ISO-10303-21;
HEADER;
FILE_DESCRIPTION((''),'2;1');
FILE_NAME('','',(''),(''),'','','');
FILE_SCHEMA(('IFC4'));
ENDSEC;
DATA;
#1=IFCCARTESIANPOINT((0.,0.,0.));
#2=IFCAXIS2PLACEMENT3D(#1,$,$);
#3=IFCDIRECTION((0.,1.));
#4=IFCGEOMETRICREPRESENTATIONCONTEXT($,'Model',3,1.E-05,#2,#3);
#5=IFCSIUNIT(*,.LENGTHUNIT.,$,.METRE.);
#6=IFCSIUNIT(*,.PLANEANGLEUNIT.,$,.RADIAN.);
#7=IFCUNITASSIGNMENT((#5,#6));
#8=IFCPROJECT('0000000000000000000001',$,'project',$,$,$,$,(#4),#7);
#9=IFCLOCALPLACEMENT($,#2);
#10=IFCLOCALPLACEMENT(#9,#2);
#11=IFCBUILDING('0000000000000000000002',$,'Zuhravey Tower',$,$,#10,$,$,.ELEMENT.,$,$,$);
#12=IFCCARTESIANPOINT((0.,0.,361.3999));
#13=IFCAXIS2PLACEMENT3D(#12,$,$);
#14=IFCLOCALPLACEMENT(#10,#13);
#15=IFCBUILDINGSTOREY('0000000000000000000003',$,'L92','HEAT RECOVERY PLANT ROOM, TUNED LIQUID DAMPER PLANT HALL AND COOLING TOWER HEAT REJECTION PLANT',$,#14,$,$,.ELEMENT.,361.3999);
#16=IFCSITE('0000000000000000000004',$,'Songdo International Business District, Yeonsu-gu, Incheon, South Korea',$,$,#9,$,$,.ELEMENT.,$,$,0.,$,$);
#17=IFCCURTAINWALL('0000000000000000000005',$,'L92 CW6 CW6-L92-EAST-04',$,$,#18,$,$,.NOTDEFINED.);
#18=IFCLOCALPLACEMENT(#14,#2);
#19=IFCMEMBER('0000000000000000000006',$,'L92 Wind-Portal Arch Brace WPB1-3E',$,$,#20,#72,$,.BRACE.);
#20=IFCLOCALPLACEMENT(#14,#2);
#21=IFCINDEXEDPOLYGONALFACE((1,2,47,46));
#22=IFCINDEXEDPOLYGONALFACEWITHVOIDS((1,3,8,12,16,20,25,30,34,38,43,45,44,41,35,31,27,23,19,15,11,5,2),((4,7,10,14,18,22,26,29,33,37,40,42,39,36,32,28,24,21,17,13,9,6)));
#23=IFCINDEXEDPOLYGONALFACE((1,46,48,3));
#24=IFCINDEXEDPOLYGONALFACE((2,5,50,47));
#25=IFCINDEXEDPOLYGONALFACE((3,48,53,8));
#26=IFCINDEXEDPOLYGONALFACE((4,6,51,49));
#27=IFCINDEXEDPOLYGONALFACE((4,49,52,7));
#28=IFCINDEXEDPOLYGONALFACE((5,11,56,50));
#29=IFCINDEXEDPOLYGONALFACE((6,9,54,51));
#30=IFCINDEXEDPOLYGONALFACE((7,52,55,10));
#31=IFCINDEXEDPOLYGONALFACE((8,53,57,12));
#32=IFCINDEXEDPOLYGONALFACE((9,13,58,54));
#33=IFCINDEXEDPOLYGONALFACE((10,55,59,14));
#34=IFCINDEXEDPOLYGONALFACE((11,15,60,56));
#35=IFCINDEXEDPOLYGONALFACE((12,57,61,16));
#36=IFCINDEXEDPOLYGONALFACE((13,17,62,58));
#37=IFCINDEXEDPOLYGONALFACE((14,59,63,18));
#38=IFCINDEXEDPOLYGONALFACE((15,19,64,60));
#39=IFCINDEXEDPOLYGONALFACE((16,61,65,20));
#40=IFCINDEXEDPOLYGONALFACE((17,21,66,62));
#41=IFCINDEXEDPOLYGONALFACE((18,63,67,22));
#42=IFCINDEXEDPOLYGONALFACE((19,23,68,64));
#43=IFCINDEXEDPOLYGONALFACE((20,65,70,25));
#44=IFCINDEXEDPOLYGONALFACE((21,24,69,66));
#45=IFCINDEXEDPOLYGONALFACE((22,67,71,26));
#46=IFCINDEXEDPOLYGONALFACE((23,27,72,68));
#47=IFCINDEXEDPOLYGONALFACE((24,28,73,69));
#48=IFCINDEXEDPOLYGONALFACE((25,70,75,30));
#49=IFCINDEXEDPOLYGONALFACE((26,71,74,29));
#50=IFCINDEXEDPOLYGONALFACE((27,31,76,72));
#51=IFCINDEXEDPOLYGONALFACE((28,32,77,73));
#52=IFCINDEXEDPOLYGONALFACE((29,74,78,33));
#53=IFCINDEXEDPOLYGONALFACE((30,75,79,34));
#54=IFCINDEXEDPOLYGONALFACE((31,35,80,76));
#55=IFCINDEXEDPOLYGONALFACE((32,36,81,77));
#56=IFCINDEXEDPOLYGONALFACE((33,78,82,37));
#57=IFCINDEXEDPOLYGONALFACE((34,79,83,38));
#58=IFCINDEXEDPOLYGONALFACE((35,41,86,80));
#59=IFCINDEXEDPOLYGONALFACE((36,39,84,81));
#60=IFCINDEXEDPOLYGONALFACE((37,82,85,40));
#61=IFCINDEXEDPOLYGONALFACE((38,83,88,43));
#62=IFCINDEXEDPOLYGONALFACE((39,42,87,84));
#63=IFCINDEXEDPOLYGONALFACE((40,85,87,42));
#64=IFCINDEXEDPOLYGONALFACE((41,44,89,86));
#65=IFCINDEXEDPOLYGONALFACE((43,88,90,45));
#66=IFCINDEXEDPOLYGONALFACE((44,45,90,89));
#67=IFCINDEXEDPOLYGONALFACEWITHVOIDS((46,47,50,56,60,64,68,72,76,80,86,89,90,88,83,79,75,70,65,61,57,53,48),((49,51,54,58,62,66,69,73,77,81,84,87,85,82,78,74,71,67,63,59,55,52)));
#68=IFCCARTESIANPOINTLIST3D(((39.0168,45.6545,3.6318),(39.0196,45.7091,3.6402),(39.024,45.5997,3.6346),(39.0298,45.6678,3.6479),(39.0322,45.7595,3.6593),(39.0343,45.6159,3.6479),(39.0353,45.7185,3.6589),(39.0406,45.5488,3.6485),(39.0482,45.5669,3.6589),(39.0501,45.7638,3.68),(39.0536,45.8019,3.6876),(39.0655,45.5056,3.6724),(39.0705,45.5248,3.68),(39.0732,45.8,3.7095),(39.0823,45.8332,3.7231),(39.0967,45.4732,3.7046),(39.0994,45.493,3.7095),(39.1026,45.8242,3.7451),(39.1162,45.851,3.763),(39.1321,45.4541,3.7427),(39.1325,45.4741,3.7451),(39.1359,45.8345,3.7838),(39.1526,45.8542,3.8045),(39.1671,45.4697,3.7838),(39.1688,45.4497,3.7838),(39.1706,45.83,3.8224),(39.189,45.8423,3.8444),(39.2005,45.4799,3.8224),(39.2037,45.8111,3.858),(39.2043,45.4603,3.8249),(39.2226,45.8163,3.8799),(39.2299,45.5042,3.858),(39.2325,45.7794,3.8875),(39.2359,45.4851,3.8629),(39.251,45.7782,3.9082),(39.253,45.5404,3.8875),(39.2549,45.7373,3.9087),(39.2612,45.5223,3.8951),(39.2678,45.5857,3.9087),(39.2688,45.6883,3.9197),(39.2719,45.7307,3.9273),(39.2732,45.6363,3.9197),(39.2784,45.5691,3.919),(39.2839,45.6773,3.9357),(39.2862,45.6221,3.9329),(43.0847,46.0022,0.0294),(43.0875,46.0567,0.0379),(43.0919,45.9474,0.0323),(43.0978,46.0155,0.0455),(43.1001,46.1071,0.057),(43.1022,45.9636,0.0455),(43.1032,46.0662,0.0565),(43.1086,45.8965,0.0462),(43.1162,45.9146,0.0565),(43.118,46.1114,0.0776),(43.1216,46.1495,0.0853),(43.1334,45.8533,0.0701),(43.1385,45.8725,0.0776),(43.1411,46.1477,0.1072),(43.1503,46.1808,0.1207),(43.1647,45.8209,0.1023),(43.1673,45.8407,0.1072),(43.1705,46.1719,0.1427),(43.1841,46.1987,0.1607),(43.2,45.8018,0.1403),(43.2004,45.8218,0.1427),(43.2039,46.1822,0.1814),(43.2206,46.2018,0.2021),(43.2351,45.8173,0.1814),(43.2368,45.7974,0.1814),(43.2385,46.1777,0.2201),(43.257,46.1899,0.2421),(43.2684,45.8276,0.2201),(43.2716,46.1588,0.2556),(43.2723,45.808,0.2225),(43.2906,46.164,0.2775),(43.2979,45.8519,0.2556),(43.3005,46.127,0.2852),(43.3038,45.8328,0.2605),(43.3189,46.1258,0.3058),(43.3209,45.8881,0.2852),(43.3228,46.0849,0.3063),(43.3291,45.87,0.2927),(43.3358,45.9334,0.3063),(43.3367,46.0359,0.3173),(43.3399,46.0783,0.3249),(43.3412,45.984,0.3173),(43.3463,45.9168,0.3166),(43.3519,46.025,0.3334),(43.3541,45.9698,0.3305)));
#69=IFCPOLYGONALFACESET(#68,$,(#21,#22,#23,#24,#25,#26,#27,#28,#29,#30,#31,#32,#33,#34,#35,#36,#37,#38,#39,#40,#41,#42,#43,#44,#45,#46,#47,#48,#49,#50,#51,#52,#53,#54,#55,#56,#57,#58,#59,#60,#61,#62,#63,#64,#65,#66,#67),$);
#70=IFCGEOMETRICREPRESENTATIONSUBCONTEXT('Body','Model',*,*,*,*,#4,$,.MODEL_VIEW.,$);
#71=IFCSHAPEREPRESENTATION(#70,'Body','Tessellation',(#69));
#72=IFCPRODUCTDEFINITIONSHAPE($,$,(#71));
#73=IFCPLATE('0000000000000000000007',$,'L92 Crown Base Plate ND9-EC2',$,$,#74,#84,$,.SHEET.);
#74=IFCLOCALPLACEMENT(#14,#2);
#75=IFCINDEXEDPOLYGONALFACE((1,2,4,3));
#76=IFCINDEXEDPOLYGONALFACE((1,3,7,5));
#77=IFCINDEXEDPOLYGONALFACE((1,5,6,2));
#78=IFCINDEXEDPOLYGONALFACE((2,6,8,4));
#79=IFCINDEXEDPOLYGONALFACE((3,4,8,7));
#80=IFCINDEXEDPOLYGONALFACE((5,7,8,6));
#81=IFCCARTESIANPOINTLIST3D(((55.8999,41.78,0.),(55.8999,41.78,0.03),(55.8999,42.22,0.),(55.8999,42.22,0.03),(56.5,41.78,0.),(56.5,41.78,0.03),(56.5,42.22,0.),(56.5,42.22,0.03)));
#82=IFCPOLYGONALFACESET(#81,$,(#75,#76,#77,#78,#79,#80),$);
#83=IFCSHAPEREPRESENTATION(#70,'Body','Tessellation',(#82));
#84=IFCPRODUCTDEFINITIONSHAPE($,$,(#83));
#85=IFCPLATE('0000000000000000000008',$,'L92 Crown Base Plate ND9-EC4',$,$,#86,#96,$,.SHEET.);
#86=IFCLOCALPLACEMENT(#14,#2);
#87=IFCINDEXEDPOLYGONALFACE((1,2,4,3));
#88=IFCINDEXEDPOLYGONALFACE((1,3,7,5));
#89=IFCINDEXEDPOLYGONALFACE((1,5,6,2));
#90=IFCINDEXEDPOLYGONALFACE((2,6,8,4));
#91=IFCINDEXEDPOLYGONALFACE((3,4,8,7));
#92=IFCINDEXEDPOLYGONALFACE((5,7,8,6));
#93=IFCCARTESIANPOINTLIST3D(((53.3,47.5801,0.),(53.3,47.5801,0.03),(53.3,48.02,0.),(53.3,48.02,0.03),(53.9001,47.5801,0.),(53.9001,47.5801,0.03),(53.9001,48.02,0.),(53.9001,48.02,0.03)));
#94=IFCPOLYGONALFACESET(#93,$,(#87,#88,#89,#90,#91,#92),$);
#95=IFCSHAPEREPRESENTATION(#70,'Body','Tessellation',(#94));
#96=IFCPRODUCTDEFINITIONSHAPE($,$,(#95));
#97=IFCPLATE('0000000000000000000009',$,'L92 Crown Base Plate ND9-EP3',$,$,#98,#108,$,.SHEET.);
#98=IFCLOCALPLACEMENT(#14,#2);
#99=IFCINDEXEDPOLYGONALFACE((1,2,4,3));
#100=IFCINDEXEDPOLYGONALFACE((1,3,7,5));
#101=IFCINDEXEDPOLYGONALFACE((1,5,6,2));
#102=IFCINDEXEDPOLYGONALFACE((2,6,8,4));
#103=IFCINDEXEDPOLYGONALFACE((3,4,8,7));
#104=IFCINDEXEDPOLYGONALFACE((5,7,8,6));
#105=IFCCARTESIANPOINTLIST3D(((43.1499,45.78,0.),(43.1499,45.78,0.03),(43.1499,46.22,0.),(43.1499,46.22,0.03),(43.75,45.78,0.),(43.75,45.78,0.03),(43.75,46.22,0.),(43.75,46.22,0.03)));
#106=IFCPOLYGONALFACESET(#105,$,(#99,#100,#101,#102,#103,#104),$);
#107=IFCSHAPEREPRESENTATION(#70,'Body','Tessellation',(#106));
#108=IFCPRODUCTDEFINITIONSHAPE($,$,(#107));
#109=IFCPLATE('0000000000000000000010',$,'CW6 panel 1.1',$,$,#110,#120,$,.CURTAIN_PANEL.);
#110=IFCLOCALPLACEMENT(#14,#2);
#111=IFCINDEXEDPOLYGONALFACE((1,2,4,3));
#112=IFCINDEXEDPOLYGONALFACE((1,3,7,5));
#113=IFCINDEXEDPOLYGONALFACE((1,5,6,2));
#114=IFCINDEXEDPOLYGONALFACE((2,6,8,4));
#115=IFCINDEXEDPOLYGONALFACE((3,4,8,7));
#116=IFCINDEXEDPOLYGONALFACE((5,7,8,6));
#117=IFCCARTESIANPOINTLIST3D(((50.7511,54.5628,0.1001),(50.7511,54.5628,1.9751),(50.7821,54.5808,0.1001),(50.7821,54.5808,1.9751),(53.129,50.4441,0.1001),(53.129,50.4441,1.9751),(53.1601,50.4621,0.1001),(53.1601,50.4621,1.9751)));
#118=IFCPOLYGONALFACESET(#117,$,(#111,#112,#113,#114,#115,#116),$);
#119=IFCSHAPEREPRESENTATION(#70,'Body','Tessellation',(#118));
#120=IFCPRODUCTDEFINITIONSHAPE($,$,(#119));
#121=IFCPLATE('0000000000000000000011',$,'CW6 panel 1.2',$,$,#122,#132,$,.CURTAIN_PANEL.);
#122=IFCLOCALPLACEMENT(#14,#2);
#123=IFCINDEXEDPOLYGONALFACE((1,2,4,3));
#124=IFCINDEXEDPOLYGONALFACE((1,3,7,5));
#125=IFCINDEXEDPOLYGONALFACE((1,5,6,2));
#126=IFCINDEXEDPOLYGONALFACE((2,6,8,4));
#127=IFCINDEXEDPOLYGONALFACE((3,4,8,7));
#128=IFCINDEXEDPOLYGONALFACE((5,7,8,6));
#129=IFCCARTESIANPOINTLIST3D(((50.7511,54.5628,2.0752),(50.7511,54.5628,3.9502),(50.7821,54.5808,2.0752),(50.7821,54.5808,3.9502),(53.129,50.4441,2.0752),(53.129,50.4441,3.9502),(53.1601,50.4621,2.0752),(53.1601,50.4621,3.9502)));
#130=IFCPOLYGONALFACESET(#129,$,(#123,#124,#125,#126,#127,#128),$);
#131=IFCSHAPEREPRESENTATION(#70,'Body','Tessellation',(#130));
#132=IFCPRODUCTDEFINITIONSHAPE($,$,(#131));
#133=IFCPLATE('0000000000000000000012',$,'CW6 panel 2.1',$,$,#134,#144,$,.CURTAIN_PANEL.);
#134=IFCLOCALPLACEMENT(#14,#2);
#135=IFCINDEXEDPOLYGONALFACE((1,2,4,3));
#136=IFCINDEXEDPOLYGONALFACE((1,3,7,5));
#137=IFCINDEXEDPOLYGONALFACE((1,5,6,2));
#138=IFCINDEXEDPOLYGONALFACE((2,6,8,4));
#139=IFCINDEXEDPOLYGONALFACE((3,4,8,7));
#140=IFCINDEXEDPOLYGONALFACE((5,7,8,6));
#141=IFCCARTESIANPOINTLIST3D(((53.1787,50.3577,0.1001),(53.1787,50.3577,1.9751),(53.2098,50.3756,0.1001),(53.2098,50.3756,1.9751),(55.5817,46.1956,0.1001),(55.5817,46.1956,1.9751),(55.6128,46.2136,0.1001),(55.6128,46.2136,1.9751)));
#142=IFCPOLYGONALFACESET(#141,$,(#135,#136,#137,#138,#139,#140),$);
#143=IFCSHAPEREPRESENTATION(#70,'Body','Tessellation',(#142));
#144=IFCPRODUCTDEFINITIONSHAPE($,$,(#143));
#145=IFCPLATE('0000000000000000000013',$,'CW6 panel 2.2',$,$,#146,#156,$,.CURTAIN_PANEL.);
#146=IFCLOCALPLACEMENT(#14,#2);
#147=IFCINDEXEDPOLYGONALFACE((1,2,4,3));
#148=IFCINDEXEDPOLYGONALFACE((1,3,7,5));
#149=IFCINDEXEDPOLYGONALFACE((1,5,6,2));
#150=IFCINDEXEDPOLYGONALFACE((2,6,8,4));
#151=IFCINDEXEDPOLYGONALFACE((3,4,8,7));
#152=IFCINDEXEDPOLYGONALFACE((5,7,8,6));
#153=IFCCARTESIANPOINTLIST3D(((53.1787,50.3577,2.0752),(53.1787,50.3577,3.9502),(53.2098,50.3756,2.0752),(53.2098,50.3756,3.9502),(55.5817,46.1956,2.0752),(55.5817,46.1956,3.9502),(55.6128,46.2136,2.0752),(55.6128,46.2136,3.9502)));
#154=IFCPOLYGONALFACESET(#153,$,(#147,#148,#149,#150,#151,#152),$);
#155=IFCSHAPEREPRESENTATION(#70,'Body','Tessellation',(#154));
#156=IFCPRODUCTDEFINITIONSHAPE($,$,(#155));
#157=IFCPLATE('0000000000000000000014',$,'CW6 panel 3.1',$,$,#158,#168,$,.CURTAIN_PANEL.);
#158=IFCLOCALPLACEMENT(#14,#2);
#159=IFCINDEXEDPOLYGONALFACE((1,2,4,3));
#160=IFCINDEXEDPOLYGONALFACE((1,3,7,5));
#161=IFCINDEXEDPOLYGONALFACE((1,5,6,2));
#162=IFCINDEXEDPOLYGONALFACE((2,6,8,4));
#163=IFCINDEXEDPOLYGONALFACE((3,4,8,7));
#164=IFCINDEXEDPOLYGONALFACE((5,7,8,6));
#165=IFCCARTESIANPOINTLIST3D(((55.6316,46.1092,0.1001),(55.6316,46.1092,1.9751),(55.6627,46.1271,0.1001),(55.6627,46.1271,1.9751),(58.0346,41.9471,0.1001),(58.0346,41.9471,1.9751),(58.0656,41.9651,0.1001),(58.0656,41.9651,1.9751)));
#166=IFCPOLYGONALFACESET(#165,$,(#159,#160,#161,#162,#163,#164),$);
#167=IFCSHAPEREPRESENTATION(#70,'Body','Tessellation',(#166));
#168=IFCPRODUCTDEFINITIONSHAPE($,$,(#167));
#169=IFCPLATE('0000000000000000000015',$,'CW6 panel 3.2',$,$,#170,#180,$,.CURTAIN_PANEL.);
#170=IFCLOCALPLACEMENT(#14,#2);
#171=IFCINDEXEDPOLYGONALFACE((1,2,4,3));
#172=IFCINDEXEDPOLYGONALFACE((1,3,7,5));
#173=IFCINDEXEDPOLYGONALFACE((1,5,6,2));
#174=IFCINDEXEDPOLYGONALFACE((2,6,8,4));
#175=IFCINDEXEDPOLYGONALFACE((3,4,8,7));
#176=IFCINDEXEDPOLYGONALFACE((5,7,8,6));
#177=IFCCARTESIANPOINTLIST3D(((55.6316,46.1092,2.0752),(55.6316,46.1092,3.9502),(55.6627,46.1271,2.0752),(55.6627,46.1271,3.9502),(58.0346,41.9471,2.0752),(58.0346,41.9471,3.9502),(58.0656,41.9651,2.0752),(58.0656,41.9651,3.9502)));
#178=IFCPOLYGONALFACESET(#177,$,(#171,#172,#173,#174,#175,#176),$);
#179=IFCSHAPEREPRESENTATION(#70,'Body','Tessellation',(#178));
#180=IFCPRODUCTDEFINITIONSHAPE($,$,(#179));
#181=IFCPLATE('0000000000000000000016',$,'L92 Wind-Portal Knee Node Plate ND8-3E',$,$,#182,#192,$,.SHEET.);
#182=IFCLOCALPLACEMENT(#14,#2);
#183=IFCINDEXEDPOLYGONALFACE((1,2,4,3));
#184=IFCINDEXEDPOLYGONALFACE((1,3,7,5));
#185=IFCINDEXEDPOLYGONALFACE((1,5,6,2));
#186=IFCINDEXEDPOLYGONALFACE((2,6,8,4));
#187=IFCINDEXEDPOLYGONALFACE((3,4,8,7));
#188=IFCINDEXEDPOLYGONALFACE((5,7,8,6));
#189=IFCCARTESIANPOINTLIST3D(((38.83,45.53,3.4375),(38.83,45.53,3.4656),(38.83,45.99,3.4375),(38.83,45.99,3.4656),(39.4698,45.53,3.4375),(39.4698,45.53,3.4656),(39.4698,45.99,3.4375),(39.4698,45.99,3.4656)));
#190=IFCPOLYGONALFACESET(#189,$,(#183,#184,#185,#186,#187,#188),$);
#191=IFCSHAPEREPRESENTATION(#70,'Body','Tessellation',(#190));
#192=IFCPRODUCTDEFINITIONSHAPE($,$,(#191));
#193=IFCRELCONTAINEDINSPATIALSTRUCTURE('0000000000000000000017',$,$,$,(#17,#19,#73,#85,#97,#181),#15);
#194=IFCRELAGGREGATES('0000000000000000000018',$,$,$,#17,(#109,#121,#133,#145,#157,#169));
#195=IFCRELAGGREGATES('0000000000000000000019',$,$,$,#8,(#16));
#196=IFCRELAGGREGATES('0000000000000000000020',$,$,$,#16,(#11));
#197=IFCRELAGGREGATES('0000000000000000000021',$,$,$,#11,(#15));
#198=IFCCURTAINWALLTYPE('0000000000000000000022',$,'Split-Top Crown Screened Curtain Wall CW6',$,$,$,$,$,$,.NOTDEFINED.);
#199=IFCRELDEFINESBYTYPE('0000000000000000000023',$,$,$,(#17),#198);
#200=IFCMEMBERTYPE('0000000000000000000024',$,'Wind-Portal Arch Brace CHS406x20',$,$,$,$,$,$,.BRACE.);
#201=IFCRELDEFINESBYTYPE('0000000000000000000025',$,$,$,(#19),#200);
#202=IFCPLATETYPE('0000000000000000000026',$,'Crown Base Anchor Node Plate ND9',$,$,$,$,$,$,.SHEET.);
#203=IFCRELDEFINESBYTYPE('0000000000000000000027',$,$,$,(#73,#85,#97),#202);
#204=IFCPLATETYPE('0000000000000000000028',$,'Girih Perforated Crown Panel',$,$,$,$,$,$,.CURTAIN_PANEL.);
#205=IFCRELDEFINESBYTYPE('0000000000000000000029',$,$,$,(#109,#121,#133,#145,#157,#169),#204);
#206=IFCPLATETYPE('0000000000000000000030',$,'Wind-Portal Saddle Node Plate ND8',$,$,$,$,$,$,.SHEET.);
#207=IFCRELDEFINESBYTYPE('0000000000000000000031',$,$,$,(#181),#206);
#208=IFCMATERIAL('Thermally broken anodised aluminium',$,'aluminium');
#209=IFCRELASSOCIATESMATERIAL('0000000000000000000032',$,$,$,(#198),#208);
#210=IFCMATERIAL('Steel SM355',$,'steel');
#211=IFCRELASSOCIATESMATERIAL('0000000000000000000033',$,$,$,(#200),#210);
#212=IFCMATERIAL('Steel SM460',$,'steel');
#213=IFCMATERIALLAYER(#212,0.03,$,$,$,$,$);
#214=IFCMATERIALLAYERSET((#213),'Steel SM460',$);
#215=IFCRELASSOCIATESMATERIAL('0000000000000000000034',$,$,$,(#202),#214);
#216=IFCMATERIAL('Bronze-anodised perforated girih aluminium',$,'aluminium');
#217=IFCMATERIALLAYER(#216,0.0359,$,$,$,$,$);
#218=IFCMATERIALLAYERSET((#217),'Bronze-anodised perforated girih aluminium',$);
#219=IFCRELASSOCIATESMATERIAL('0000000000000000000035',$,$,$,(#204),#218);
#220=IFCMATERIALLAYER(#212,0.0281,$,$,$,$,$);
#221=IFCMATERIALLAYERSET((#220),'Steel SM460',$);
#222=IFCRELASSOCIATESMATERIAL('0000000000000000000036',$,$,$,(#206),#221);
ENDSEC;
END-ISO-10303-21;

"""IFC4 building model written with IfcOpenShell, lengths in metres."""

from ifc_helpers import new_model, si_unit, direction, frame, origin, origin_2d, place, context, subcontext, project, spatial, rectangle, hollow_circle, extrude, material, layer, layer_set, material_profile, profile_set, type_object, element, aggregate, save


model = new_model("IFC4")

# Units and contexts
model_context = context("Model", 3, precision=1e-05, world=origin(), true_north=direction((0.0, 1.0)))
body_context = subcontext(model_context, "Body", "Model", "MODEL_VIEW")
ifc_project = project(units=[si_unit("LENGTHUNIT", "METRE"), si_unit("PLANEANGLEUNIT", "RADIAN")], contexts=[model_context])

# Site, building, storey
site_placement = place(None, origin())
site = spatial("IfcSite", under=ifc_project, at=site_placement, Name="Songdo International Business District, Yeonsu-gu, Incheon, South Korea", CompositionType="ELEMENT", RefElevation=0.0)
building_placement = place(site_placement, origin())
building = spatial("IfcBuilding", under=site, at=building_placement, Name="Zuhravey Tower", CompositionType="ELEMENT")
storey_placement = place(building_placement, frame((0.0, 0.0, 361.3999)))
storey = spatial("IfcBuildingStorey", under=building, at=storey_placement, Name="L92", Description="HEAT RECOVERY PLANT ROOM, TUNED LIQUID DAMPER PLANT HALL AND COOLING TOWER HEAT REJECTION PLANT", CompositionType="ELEMENT", Elevation=361.3999)

# Shared definitions
ifc_material_1 = material(Name="Steel SM355", Category="steel")

# Curtain wall
ifc_material_2 = material(Name="Thermally broken anodised aluminium", Category="aluminium")
curtain_wall_type = type_object("IfcCurtainWallType", Name="Split-Top Crown Screened Curtain Wall CW6", PredefinedType="NOTDEFINED", material=ifc_material_2)
curtain_wall_placement = place(storey_placement, origin())
curtain_wall = element("IfcCurtainWall", 1, at=curtain_wall_placement, inside=storey, type_object=curtain_wall_type, Name="L92 CW6 CW6-L92-EAST-04", PredefinedType="NOTDEFINED")

# Member
ifc_material_profile_1 = material_profile(ifc_material_1, hollow_circle(Radius=0.2031, WallThickness=0.02, at=origin_2d()), Name="CHS-406.4x20")
ifc_profile_set_1 = profile_set([ifc_material_profile_1], Name="Steel SM355")
member_type_1 = type_object("IfcMemberType", Name="Wind-Portal Arch Brace CHS406x20", PredefinedType="BRACE", material=ifc_profile_set_1)
member_1_placement = place(storey_placement, frame((43.2195, 45.9998, 0.1814), z_axis=(-0.747122, -0.063852, 0.661613), x_axis=(0.085154, -0.996368, 0.0)))
element("IfcMember", 2, at=member_1_placement, inside=storey, type_object=member_type_1, Name="L92 Wind-Portal Arch Brace WPB1-3E", PredefinedType="BRACE", context=body_context, shape_type="SweptSolid", body=[
    extrude(hollow_circle(Radius=0.2031, WallThickness=0.02, at=origin_2d()), origin(), (0.0, 0.0, 1.0), 5.4448),
])

# Plates
ifc_material_3 = material(Name="Steel SM460", Category="steel")
ifc_layer_1 = layer(ifc_material_3, 0.03)
ifc_layer_set_1 = layer_set([ifc_layer_1], Name="Steel SM460")
plate_type_1 = type_object("IfcPlateType", Name="Crown Base Anchor Node Plate ND9", PredefinedType="SHEET", material=ifc_layer_set_1)
for number, where, z_axis, x_axis, name in (
    (3, (56.2, 42.0, 0.0), (0.0, 0.0, 1.0), (1.0, 0.0, 0.0), "L92 Crown Base Plate ND9-EC2"),
    (4, (53.6001, 47.8, 0.0), (0.0, 0.0, 1.0), (1.0, 0.0, 0.0), "L92 Crown Base Plate ND9-EC4"),
    (5, (43.45, 46.0, 0.0), (0.0, 0.0, 1.0), (1.0, 0.0, 0.0), "L92 Crown Base Plate ND9-EP3"),
):
    element("IfcPlate", number, at=place(storey_placement, frame(where, z_axis=z_axis, x_axis=x_axis)), inside=storey, type_object=plate_type_1, Name=name, PredefinedType="SHEET", context=body_context, shape_type="SweptSolid", body=[
        extrude(rectangle(XDim=0.6001, YDim=0.4399, at=origin_2d()), origin(), (0.0, 0.0, 1.0), 0.03),
    ])

# Plates
ifc_material_4 = material(Name="Bronze-anodised perforated girih aluminium", Category="aluminium")
ifc_layer_2 = layer(ifc_material_4, 0.0359)
ifc_layer_set_2 = layer_set([ifc_layer_2], Name="Bronze-anodised perforated girih aluminium")
plate_type_2 = type_object("IfcPlateType", Name="Girih Perforated Crown Panel", PredefinedType="CURTAIN_PANEL", material=ifc_layer_set_2)
plate_1_placement = place(storey_placement, frame((51.9556, 52.5125, 0.1001), z_axis=(0.0, 0.0, 1.0), x_axis=(0.499997, -0.866027, 0.0)))
plate_1 = element("IfcPlate", 6, at=plate_1_placement, type_object=plate_type_2, Name="CW6 panel 1.1", PredefinedType="CURTAIN_PANEL", context=body_context, shape_type="SweptSolid", body=[
    extrude(rectangle(XDim=4.7559, YDim=0.0359, at=origin_2d()), origin(), (0.0, 0.0, 1.0), 1.875),
])
plate_2_placement = place(storey_placement, frame((51.9556, 52.5125, 2.0752), z_axis=(0.0, 0.0, 1.0), x_axis=(0.499997, -0.866027, 0.0)))
plate_2 = element("IfcPlate", 7, at=plate_2_placement, type_object=plate_type_2, Name="CW6 panel 1.2", PredefinedType="CURTAIN_PANEL", context=body_context, shape_type="SweptSolid", body=[
    extrude(rectangle(XDim=4.7559, YDim=0.0359, at=origin_2d()), origin(), (0.0, 0.0, 1.0), 1.875),
])
plate_3_placement = place(storey_placement, frame((54.3958, 48.2856, 0.1001), z_axis=(0.0, 0.0, 1.0), x_axis=(0.499997, -0.866027, 0.0)))
plate_3 = element("IfcPlate", 8, at=plate_3_placement, type_object=plate_type_2, Name="CW6 panel 2.1", PredefinedType="CURTAIN_PANEL", context=body_context, shape_type="SweptSolid", body=[
    extrude(rectangle(XDim=4.8059, YDim=0.0359, at=origin_2d()), origin(), (0.0, 0.0, 1.0), 1.875),
])
plate_4_placement = place(storey_placement, frame((54.3958, 48.2856, 2.0752), z_axis=(0.0, 0.0, 1.0), x_axis=(0.499997, -0.866027, 0.0)))
plate_4 = element("IfcPlate", 9, at=plate_4_placement, type_object=plate_type_2, Name="CW6 panel 2.2", PredefinedType="CURTAIN_PANEL", context=body_context, shape_type="SweptSolid", body=[
    extrude(rectangle(XDim=4.8059, YDim=0.0359, at=origin_2d()), origin(), (0.0, 0.0, 1.0), 1.875),
])
plate_5_placement = place(storey_placement, frame((56.8486, 44.0371, 0.1001), z_axis=(0.0, 0.0, 1.0), x_axis=(0.499997, -0.866027, 0.0)))
plate_5 = element("IfcPlate", 10, at=plate_5_placement, type_object=plate_type_2, Name="CW6 panel 3.1", PredefinedType="CURTAIN_PANEL", context=body_context, shape_type="SweptSolid", body=[
    extrude(rectangle(XDim=4.8059, YDim=0.0359, at=origin_2d()), origin(), (0.0, 0.0, 1.0), 1.875),
])
plate_6_placement = place(storey_placement, frame((56.8486, 44.0371, 2.0752), z_axis=(0.0, 0.0, 1.0), x_axis=(0.499997, -0.866027, 0.0)))
plate_6 = element("IfcPlate", 11, at=plate_6_placement, type_object=plate_type_2, Name="CW6 panel 3.2", PredefinedType="CURTAIN_PANEL", context=body_context, shape_type="SweptSolid", body=[
    extrude(rectangle(XDim=4.8059, YDim=0.0359, at=origin_2d()), origin(), (0.0, 0.0, 1.0), 1.875),
])
aggregate(curtain_wall, [plate_1, plate_2, plate_3, plate_4, plate_5, plate_6])
ifc_layer_3 = layer(ifc_material_3, 0.0281)
ifc_layer_set_3 = layer_set([ifc_layer_3], Name="Steel SM460")
plate_type_3 = type_object("IfcPlateType", Name="Wind-Portal Saddle Node Plate ND8", PredefinedType="SHEET", material=ifc_layer_set_3)
plate_7_placement = place(storey_placement, frame((39.1499, 45.76, 3.4375), z_axis=(0.0, 0.0, 1.0), x_axis=(1.0, 0.0, 0.0)))
element("IfcPlate", 12, at=plate_7_placement, inside=storey, type_object=plate_type_3, Name="L92 Wind-Portal Knee Node Plate ND8-3E", PredefinedType="SHEET", context=body_context, shape_type="SweptSolid", body=[
    extrude(rectangle(XDim=0.6399, YDim=0.46, at=origin_2d()), origin(), (0.0, 0.0, 1.0), 0.0281),
])

save(model, "model.ifc")
